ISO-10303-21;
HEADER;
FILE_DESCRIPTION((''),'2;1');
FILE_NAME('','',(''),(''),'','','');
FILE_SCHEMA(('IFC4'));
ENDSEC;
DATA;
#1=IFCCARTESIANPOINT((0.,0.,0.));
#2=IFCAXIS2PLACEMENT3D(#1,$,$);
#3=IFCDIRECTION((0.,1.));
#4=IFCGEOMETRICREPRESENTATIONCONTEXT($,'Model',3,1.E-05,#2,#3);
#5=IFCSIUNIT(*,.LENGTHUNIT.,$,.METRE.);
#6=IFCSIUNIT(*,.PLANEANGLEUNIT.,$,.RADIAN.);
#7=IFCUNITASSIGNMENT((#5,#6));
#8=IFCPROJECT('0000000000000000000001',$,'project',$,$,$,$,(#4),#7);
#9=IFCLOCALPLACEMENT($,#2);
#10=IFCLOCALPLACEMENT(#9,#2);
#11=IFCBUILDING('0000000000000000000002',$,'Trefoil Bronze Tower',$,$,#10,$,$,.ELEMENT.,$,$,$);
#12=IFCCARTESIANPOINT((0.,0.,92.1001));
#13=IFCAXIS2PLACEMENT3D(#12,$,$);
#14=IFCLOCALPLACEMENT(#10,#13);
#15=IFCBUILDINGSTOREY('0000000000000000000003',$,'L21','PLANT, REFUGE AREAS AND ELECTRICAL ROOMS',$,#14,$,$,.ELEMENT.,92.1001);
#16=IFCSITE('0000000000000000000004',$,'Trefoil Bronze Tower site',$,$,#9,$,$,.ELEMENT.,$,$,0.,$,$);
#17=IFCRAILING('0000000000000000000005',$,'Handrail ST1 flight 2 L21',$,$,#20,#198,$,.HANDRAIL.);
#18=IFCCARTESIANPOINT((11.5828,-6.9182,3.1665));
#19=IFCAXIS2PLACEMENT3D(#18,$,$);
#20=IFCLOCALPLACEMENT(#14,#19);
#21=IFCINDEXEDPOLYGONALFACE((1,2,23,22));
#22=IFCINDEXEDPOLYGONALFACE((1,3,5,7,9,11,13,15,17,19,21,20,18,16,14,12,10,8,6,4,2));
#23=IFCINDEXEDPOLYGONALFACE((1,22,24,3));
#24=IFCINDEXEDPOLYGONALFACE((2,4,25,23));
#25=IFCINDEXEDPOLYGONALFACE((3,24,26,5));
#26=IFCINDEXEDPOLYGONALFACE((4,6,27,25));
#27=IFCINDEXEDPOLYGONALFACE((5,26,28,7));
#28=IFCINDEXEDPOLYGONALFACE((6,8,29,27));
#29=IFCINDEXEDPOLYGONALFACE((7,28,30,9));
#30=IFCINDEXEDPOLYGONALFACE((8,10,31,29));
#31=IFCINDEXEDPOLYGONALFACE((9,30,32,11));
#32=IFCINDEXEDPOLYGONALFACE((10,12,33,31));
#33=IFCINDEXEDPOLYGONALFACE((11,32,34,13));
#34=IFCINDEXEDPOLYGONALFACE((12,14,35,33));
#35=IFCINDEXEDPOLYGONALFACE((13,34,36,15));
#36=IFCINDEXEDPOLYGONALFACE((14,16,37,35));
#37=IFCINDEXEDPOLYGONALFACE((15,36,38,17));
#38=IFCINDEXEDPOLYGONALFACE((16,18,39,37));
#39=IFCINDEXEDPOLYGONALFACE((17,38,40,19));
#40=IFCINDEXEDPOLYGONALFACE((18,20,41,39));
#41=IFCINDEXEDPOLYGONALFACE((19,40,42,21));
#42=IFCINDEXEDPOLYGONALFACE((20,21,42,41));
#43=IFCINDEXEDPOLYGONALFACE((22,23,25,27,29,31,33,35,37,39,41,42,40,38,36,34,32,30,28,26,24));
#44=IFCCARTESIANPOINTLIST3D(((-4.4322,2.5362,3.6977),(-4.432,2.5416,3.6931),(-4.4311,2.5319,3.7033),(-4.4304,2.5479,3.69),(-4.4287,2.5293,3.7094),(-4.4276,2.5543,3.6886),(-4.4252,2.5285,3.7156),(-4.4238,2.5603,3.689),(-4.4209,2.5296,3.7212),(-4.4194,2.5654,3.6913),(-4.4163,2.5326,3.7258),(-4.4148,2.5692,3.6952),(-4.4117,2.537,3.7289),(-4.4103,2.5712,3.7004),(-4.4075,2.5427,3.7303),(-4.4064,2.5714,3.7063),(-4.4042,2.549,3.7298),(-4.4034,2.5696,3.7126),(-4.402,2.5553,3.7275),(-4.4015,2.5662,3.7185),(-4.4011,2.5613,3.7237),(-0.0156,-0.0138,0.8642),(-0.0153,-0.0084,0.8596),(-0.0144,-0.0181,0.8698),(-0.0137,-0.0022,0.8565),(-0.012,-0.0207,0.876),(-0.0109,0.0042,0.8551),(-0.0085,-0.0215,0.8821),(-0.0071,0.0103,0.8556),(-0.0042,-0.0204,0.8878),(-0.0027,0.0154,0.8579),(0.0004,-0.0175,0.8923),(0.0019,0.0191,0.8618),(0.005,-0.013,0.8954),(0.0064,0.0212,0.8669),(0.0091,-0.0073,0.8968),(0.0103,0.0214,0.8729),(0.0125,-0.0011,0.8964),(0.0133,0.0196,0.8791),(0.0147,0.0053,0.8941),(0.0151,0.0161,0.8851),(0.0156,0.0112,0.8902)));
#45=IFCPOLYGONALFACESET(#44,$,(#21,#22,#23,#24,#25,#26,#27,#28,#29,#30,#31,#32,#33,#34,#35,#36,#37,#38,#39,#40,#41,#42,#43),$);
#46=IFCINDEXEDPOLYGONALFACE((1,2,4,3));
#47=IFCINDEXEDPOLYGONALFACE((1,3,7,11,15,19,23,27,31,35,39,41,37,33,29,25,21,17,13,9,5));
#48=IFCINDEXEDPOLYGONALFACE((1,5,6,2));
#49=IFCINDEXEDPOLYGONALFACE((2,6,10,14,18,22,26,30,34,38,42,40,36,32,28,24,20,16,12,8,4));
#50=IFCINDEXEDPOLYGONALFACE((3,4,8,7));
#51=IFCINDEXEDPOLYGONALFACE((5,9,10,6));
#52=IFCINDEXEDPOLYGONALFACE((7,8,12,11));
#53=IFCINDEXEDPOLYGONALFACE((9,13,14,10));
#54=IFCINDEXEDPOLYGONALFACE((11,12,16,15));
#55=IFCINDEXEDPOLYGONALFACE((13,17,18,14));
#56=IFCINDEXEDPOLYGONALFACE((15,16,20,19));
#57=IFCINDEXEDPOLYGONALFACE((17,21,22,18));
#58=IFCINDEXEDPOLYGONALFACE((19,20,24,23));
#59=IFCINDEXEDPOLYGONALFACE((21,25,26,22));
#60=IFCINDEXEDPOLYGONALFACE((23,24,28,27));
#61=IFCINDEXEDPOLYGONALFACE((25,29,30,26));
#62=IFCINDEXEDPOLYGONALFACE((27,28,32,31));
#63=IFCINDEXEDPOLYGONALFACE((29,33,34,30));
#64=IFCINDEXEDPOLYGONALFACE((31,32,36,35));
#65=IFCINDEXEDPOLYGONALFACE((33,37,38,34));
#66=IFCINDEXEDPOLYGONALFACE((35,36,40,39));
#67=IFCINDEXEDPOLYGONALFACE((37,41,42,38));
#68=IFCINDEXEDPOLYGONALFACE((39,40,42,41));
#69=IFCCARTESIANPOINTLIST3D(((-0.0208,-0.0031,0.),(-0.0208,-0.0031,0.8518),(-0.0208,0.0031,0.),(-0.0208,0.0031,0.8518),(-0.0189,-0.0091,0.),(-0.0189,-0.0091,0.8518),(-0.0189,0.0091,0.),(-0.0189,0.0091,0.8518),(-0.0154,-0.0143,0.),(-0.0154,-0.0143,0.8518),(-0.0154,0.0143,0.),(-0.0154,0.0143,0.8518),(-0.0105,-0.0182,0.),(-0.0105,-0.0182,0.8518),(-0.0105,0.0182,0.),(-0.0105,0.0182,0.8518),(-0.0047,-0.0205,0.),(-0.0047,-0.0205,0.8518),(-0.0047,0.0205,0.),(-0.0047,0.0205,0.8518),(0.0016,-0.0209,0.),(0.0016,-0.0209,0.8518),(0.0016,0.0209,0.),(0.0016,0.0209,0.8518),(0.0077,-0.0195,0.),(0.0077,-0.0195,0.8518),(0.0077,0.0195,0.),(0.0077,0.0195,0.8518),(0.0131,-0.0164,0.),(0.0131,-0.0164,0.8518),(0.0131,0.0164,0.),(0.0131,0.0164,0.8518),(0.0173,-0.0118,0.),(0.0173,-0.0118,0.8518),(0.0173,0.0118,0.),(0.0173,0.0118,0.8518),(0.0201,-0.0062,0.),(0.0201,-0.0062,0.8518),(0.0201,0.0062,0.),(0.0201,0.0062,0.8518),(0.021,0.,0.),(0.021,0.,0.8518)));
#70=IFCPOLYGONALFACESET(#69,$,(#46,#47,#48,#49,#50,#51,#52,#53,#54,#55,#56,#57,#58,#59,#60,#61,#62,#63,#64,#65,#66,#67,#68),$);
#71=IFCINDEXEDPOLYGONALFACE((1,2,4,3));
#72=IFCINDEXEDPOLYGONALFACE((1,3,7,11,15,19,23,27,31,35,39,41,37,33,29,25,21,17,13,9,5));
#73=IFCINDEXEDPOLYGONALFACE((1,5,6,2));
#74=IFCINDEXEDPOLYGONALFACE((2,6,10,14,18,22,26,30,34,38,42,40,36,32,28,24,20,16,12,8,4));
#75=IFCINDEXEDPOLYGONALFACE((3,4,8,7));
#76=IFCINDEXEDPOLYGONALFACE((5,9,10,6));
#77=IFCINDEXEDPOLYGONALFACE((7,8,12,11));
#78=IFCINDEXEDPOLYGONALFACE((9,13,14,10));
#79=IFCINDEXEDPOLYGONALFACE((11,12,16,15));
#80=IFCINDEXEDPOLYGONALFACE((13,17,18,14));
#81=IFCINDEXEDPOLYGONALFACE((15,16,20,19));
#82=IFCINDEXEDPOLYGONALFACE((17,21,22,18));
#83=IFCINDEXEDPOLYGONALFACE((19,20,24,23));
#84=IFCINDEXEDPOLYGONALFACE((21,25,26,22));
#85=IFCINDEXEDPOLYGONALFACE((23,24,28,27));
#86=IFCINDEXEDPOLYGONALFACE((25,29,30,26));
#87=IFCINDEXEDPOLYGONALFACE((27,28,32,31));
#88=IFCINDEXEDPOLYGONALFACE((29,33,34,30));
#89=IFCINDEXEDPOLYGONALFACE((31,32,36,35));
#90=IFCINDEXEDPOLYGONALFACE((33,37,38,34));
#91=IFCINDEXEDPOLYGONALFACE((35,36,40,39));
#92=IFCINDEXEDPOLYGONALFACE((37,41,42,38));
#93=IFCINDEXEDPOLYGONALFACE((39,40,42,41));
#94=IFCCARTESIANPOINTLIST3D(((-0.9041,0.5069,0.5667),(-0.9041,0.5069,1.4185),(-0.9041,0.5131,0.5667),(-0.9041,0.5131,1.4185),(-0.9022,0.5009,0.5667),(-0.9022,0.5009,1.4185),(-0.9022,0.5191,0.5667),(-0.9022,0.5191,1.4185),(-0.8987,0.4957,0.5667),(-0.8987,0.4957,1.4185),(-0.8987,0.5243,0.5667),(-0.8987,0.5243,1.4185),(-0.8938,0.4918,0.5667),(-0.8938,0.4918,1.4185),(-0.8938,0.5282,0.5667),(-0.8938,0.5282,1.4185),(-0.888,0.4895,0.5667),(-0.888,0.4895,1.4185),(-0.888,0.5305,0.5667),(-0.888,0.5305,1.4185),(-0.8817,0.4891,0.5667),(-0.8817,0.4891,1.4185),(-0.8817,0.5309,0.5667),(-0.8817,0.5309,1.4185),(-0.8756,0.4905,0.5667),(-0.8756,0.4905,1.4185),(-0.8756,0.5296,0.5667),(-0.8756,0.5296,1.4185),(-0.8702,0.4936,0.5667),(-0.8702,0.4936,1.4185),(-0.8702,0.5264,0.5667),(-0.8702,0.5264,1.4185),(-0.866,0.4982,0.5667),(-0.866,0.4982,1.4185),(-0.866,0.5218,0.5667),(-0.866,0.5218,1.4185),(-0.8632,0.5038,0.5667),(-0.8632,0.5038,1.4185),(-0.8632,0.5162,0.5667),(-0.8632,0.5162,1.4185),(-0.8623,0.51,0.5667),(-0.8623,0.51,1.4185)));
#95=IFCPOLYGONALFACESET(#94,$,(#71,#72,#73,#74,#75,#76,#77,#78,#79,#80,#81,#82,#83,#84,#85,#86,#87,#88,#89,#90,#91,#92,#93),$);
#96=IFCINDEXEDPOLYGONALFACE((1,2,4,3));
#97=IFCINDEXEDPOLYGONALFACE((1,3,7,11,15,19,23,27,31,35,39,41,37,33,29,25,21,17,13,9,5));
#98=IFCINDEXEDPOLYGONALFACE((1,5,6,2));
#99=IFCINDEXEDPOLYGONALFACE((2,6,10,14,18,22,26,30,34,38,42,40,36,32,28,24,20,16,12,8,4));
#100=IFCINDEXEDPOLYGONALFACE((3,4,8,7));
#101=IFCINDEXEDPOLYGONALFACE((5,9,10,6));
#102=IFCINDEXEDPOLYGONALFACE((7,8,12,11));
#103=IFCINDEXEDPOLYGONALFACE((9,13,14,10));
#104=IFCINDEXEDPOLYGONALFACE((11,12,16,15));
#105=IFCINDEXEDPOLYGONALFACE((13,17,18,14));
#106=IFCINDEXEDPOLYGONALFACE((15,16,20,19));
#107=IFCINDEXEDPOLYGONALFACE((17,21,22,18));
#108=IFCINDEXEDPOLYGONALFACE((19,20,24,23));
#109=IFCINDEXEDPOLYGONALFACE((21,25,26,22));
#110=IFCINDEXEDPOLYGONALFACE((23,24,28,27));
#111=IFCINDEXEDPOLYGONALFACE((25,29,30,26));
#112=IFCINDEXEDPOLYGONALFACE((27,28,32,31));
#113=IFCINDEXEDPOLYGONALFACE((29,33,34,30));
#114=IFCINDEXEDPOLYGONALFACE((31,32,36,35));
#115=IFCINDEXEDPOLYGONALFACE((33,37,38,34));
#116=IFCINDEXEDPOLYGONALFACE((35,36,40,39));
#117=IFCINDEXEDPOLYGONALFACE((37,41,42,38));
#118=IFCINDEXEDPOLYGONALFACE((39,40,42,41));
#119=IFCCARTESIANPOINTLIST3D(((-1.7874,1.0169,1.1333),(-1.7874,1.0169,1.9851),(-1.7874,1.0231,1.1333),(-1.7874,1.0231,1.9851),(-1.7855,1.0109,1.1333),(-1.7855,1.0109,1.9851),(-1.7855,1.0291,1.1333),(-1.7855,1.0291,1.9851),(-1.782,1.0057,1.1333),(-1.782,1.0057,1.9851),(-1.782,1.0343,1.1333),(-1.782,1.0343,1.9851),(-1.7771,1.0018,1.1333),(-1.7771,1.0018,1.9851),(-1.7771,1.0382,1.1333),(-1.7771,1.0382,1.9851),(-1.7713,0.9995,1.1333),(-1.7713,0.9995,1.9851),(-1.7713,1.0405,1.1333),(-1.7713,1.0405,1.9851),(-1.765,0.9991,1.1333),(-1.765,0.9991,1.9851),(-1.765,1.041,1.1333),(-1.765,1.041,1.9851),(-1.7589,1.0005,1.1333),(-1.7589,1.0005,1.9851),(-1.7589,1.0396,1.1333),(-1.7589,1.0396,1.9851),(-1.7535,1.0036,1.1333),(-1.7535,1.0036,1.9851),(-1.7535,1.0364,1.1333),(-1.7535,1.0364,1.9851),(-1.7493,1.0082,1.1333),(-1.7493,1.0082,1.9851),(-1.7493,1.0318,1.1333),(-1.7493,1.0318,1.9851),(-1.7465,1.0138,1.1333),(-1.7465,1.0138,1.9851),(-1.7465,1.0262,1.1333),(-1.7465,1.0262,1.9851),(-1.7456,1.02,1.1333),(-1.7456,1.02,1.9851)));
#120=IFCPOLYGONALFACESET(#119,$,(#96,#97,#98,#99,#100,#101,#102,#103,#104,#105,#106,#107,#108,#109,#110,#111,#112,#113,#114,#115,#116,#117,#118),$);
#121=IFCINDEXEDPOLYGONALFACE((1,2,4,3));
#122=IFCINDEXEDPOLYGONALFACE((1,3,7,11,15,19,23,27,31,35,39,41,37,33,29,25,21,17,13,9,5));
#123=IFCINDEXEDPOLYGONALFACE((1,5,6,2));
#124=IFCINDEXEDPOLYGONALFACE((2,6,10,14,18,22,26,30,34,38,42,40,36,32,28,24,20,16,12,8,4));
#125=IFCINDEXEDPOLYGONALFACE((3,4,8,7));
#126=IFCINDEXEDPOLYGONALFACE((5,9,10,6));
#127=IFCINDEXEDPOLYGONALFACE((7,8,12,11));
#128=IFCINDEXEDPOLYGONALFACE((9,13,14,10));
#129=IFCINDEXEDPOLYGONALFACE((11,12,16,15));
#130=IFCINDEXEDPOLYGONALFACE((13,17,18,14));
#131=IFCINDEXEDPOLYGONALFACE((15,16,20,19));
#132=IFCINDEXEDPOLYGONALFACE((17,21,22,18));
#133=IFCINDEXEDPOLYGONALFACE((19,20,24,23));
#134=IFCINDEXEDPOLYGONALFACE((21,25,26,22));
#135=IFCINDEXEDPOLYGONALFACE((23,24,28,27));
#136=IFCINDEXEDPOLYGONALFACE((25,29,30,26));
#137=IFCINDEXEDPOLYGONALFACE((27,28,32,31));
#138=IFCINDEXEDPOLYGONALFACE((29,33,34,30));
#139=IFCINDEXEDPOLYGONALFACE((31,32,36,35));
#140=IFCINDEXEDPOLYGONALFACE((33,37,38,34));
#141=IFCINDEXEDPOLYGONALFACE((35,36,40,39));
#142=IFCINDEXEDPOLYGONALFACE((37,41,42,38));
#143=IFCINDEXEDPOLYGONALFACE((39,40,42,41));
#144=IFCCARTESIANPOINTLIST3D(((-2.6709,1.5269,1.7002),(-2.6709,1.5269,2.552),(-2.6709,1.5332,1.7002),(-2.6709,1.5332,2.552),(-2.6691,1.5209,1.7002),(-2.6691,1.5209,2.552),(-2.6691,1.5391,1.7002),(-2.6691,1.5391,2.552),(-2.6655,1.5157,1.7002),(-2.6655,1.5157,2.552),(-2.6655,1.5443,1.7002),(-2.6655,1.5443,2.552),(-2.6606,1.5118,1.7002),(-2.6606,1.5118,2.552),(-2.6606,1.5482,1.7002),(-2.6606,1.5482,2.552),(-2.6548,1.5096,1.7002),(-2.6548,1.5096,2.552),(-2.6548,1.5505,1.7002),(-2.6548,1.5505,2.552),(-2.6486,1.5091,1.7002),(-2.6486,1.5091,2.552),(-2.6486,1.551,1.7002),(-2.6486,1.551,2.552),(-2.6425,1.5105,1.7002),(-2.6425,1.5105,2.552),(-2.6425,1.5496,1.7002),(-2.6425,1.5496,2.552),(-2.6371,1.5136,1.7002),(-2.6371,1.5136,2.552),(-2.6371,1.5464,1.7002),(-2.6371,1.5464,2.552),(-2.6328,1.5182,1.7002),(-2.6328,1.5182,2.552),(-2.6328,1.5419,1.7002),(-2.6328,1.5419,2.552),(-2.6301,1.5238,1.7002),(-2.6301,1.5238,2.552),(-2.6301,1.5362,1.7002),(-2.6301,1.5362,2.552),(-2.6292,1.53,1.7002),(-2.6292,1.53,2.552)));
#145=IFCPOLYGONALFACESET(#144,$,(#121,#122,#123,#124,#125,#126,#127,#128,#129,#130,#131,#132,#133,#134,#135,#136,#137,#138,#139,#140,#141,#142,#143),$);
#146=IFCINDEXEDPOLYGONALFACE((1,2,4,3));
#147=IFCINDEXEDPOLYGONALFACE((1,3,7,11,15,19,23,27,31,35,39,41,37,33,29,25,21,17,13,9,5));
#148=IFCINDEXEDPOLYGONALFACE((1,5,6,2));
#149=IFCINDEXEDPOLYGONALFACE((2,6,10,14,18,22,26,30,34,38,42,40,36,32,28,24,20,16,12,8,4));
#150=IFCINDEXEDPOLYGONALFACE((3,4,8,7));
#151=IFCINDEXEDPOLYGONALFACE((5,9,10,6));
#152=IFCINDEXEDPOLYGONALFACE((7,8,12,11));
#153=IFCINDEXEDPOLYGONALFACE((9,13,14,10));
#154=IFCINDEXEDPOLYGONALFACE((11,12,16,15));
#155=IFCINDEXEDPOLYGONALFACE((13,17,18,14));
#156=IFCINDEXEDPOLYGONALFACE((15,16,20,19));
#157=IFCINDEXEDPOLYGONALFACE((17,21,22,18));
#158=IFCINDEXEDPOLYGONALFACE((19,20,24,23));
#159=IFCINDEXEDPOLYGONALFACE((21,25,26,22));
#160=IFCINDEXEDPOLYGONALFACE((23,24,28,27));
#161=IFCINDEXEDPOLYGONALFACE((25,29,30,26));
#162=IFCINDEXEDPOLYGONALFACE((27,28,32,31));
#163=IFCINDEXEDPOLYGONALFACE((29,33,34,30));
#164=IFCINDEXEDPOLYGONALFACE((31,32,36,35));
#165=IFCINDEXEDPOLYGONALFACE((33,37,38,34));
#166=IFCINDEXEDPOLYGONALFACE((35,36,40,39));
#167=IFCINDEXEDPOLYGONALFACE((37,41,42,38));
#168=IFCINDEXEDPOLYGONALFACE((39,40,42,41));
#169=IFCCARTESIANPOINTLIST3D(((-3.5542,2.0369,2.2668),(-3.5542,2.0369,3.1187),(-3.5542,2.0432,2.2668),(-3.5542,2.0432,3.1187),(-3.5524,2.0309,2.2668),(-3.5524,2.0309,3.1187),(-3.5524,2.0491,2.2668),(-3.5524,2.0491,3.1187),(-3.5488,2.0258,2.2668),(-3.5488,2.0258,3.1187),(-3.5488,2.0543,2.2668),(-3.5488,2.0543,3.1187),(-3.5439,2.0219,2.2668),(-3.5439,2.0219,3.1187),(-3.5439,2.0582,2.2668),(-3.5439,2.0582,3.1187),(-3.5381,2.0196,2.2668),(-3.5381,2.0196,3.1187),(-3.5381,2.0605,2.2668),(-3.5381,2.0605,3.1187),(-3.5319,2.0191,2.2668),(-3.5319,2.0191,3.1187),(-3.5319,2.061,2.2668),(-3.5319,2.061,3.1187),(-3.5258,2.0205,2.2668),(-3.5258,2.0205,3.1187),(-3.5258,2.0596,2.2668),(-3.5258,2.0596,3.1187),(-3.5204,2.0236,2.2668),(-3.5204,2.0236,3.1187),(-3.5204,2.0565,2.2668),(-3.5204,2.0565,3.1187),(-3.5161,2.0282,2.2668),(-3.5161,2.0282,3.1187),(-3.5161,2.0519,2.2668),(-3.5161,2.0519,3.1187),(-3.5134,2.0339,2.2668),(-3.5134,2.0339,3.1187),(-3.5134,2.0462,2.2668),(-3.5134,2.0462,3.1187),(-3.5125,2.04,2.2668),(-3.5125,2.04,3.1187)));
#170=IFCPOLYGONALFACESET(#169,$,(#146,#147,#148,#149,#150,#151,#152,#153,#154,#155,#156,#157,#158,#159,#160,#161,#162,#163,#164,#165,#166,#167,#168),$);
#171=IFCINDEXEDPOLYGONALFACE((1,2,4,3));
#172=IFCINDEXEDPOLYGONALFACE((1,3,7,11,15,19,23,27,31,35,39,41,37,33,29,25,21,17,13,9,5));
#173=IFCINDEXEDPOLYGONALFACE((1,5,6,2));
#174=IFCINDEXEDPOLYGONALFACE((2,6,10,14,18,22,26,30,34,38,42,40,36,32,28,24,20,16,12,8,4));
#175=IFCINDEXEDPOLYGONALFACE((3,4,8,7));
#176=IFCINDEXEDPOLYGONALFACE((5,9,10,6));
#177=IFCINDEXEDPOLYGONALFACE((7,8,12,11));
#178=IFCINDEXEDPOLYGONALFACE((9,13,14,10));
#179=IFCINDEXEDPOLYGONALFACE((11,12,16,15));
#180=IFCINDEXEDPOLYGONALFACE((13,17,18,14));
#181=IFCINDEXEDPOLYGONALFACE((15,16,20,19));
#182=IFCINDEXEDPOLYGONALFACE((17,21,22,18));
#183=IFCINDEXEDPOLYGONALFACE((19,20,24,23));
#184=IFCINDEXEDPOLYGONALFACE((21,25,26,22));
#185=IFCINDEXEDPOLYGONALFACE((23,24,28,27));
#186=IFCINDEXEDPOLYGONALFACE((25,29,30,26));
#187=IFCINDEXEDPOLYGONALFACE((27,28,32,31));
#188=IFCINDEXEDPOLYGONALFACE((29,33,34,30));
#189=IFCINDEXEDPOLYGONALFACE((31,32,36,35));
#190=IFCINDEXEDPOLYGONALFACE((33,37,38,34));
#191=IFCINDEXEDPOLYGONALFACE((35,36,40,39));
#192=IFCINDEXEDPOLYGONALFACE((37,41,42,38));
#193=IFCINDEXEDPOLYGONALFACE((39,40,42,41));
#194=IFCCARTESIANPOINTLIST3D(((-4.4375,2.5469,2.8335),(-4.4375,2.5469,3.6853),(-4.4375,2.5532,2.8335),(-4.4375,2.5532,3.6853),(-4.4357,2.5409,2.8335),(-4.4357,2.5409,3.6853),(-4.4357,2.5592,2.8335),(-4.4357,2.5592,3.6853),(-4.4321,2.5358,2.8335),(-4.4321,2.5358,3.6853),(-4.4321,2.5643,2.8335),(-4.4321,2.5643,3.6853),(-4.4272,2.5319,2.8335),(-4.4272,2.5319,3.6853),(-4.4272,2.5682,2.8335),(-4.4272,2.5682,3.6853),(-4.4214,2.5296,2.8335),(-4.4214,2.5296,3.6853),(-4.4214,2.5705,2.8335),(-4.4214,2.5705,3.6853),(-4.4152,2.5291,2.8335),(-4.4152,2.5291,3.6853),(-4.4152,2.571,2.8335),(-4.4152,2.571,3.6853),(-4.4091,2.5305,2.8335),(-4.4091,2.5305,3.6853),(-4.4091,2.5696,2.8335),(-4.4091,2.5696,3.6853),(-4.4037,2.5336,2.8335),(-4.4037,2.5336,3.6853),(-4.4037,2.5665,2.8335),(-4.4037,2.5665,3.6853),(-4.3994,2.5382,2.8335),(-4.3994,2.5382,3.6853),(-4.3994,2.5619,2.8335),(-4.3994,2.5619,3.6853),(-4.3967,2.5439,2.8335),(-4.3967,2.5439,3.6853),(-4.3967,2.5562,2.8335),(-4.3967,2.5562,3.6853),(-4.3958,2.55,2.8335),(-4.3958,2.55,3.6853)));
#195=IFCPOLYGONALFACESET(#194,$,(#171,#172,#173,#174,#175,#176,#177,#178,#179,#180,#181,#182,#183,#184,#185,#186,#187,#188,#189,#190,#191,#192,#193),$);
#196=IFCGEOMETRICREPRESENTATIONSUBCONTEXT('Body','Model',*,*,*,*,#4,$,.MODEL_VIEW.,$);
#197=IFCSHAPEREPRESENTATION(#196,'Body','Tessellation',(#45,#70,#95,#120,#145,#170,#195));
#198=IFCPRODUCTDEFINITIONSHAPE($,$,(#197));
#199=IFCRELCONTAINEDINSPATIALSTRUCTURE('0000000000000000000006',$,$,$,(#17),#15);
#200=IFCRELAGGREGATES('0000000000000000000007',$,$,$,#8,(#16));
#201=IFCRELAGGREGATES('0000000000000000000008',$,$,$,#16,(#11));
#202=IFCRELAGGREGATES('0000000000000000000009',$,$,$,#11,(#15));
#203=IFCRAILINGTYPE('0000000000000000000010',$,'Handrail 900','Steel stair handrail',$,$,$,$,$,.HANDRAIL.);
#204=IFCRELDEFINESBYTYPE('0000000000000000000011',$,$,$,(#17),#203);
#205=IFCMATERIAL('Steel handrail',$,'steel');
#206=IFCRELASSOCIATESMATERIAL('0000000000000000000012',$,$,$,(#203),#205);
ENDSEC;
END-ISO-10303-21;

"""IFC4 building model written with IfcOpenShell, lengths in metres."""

from ifc_helpers import new_model, si_unit, direction, frame, origin, origin_2d, place, context, subcontext, project, spatial, circle, extrude, material, type_object, element, save


model = new_model("IFC4")

# Units and contexts
model_context = context("Model", 3, precision=1e-05, world=origin(), true_north=direction((0.0, 1.0)))
body_context = subcontext(model_context, "Body", "Model", "MODEL_VIEW")
ifc_project = project(units=[si_unit("LENGTHUNIT", "METRE"), si_unit("PLANEANGLEUNIT", "RADIAN")], contexts=[model_context])

# Site, building, storey
site_placement = place(None, origin())
site = spatial("IfcSite", under=ifc_project, at=site_placement, Name="Trefoil Bronze Tower site", CompositionType="ELEMENT", RefElevation=0.0)
building_placement = place(site_placement, origin())
building = spatial("IfcBuilding", under=site, at=building_placement, Name="Trefoil Bronze Tower", CompositionType="ELEMENT")
storey_placement = place(building_placement, frame((0.0, 0.0, 92.1001)))
storey = spatial("IfcBuildingStorey", under=building, at=storey_placement, Name="L21", Description="PLANT, REFUGE AREAS AND ELECTRICAL ROOMS", CompositionType="ELEMENT", Elevation=92.1001)

# Railing
ifc_material_1 = material(Name="Steel handrail", Category="steel")
railing_type = type_object("IfcRailingType", Name="Handrail 900", Description="Steel stair handrail", PredefinedType="HANDRAIL", material=ifc_material_1)
railing_placement = place(storey_placement, frame((11.5828, -6.9182, 3.1665)))
element("IfcRailing", 1, at=railing_placement, inside=storey, type_object=railing_type, Name="Handrail ST1 flight 2 L21", PredefinedType="HANDRAIL", context=body_context, shape_type="SweptSolid", body=[
    extrude(circle(Radius=0.0239, at=origin_2d()), frame((0.0, 0.0, 0.876), z_axis=(-0.757031, 0.437078, 0.485661), x_axis=(-0.500006, -0.866022, 0.0)), (0.0, 0.0, 1.0), 5.8342),
    extrude(circle(Radius=0.021, at=origin_2d()), origin(), (0.0, 0.0, 1.0), 0.8518),
    extrude(circle(Radius=0.021, at=origin_2d()), frame((-0.8833, 0.51, 0.5667)), (0.0, 0.0, 1.0), 0.8518),
    extrude(circle(Radius=0.021, at=origin_2d()), frame((-1.7666, 1.02, 1.1333)), (0.0, 0.0, 1.0), 0.8518),
    extrude(circle(Radius=0.021, at=origin_2d()), frame((-2.6501, 1.53, 1.7002)), (0.0, 0.0, 1.0), 0.8518),
    extrude(circle(Radius=0.021, at=origin_2d()), frame((-3.5334, 2.04, 2.2668)), (0.0, 0.0, 1.0), 0.8518),
    extrude(circle(Radius=0.021, at=origin_2d()), frame((-4.4167, 2.55, 2.8335)), (0.0, 0.0, 1.0), 0.8518),
])

save(model, "model.ifc")
